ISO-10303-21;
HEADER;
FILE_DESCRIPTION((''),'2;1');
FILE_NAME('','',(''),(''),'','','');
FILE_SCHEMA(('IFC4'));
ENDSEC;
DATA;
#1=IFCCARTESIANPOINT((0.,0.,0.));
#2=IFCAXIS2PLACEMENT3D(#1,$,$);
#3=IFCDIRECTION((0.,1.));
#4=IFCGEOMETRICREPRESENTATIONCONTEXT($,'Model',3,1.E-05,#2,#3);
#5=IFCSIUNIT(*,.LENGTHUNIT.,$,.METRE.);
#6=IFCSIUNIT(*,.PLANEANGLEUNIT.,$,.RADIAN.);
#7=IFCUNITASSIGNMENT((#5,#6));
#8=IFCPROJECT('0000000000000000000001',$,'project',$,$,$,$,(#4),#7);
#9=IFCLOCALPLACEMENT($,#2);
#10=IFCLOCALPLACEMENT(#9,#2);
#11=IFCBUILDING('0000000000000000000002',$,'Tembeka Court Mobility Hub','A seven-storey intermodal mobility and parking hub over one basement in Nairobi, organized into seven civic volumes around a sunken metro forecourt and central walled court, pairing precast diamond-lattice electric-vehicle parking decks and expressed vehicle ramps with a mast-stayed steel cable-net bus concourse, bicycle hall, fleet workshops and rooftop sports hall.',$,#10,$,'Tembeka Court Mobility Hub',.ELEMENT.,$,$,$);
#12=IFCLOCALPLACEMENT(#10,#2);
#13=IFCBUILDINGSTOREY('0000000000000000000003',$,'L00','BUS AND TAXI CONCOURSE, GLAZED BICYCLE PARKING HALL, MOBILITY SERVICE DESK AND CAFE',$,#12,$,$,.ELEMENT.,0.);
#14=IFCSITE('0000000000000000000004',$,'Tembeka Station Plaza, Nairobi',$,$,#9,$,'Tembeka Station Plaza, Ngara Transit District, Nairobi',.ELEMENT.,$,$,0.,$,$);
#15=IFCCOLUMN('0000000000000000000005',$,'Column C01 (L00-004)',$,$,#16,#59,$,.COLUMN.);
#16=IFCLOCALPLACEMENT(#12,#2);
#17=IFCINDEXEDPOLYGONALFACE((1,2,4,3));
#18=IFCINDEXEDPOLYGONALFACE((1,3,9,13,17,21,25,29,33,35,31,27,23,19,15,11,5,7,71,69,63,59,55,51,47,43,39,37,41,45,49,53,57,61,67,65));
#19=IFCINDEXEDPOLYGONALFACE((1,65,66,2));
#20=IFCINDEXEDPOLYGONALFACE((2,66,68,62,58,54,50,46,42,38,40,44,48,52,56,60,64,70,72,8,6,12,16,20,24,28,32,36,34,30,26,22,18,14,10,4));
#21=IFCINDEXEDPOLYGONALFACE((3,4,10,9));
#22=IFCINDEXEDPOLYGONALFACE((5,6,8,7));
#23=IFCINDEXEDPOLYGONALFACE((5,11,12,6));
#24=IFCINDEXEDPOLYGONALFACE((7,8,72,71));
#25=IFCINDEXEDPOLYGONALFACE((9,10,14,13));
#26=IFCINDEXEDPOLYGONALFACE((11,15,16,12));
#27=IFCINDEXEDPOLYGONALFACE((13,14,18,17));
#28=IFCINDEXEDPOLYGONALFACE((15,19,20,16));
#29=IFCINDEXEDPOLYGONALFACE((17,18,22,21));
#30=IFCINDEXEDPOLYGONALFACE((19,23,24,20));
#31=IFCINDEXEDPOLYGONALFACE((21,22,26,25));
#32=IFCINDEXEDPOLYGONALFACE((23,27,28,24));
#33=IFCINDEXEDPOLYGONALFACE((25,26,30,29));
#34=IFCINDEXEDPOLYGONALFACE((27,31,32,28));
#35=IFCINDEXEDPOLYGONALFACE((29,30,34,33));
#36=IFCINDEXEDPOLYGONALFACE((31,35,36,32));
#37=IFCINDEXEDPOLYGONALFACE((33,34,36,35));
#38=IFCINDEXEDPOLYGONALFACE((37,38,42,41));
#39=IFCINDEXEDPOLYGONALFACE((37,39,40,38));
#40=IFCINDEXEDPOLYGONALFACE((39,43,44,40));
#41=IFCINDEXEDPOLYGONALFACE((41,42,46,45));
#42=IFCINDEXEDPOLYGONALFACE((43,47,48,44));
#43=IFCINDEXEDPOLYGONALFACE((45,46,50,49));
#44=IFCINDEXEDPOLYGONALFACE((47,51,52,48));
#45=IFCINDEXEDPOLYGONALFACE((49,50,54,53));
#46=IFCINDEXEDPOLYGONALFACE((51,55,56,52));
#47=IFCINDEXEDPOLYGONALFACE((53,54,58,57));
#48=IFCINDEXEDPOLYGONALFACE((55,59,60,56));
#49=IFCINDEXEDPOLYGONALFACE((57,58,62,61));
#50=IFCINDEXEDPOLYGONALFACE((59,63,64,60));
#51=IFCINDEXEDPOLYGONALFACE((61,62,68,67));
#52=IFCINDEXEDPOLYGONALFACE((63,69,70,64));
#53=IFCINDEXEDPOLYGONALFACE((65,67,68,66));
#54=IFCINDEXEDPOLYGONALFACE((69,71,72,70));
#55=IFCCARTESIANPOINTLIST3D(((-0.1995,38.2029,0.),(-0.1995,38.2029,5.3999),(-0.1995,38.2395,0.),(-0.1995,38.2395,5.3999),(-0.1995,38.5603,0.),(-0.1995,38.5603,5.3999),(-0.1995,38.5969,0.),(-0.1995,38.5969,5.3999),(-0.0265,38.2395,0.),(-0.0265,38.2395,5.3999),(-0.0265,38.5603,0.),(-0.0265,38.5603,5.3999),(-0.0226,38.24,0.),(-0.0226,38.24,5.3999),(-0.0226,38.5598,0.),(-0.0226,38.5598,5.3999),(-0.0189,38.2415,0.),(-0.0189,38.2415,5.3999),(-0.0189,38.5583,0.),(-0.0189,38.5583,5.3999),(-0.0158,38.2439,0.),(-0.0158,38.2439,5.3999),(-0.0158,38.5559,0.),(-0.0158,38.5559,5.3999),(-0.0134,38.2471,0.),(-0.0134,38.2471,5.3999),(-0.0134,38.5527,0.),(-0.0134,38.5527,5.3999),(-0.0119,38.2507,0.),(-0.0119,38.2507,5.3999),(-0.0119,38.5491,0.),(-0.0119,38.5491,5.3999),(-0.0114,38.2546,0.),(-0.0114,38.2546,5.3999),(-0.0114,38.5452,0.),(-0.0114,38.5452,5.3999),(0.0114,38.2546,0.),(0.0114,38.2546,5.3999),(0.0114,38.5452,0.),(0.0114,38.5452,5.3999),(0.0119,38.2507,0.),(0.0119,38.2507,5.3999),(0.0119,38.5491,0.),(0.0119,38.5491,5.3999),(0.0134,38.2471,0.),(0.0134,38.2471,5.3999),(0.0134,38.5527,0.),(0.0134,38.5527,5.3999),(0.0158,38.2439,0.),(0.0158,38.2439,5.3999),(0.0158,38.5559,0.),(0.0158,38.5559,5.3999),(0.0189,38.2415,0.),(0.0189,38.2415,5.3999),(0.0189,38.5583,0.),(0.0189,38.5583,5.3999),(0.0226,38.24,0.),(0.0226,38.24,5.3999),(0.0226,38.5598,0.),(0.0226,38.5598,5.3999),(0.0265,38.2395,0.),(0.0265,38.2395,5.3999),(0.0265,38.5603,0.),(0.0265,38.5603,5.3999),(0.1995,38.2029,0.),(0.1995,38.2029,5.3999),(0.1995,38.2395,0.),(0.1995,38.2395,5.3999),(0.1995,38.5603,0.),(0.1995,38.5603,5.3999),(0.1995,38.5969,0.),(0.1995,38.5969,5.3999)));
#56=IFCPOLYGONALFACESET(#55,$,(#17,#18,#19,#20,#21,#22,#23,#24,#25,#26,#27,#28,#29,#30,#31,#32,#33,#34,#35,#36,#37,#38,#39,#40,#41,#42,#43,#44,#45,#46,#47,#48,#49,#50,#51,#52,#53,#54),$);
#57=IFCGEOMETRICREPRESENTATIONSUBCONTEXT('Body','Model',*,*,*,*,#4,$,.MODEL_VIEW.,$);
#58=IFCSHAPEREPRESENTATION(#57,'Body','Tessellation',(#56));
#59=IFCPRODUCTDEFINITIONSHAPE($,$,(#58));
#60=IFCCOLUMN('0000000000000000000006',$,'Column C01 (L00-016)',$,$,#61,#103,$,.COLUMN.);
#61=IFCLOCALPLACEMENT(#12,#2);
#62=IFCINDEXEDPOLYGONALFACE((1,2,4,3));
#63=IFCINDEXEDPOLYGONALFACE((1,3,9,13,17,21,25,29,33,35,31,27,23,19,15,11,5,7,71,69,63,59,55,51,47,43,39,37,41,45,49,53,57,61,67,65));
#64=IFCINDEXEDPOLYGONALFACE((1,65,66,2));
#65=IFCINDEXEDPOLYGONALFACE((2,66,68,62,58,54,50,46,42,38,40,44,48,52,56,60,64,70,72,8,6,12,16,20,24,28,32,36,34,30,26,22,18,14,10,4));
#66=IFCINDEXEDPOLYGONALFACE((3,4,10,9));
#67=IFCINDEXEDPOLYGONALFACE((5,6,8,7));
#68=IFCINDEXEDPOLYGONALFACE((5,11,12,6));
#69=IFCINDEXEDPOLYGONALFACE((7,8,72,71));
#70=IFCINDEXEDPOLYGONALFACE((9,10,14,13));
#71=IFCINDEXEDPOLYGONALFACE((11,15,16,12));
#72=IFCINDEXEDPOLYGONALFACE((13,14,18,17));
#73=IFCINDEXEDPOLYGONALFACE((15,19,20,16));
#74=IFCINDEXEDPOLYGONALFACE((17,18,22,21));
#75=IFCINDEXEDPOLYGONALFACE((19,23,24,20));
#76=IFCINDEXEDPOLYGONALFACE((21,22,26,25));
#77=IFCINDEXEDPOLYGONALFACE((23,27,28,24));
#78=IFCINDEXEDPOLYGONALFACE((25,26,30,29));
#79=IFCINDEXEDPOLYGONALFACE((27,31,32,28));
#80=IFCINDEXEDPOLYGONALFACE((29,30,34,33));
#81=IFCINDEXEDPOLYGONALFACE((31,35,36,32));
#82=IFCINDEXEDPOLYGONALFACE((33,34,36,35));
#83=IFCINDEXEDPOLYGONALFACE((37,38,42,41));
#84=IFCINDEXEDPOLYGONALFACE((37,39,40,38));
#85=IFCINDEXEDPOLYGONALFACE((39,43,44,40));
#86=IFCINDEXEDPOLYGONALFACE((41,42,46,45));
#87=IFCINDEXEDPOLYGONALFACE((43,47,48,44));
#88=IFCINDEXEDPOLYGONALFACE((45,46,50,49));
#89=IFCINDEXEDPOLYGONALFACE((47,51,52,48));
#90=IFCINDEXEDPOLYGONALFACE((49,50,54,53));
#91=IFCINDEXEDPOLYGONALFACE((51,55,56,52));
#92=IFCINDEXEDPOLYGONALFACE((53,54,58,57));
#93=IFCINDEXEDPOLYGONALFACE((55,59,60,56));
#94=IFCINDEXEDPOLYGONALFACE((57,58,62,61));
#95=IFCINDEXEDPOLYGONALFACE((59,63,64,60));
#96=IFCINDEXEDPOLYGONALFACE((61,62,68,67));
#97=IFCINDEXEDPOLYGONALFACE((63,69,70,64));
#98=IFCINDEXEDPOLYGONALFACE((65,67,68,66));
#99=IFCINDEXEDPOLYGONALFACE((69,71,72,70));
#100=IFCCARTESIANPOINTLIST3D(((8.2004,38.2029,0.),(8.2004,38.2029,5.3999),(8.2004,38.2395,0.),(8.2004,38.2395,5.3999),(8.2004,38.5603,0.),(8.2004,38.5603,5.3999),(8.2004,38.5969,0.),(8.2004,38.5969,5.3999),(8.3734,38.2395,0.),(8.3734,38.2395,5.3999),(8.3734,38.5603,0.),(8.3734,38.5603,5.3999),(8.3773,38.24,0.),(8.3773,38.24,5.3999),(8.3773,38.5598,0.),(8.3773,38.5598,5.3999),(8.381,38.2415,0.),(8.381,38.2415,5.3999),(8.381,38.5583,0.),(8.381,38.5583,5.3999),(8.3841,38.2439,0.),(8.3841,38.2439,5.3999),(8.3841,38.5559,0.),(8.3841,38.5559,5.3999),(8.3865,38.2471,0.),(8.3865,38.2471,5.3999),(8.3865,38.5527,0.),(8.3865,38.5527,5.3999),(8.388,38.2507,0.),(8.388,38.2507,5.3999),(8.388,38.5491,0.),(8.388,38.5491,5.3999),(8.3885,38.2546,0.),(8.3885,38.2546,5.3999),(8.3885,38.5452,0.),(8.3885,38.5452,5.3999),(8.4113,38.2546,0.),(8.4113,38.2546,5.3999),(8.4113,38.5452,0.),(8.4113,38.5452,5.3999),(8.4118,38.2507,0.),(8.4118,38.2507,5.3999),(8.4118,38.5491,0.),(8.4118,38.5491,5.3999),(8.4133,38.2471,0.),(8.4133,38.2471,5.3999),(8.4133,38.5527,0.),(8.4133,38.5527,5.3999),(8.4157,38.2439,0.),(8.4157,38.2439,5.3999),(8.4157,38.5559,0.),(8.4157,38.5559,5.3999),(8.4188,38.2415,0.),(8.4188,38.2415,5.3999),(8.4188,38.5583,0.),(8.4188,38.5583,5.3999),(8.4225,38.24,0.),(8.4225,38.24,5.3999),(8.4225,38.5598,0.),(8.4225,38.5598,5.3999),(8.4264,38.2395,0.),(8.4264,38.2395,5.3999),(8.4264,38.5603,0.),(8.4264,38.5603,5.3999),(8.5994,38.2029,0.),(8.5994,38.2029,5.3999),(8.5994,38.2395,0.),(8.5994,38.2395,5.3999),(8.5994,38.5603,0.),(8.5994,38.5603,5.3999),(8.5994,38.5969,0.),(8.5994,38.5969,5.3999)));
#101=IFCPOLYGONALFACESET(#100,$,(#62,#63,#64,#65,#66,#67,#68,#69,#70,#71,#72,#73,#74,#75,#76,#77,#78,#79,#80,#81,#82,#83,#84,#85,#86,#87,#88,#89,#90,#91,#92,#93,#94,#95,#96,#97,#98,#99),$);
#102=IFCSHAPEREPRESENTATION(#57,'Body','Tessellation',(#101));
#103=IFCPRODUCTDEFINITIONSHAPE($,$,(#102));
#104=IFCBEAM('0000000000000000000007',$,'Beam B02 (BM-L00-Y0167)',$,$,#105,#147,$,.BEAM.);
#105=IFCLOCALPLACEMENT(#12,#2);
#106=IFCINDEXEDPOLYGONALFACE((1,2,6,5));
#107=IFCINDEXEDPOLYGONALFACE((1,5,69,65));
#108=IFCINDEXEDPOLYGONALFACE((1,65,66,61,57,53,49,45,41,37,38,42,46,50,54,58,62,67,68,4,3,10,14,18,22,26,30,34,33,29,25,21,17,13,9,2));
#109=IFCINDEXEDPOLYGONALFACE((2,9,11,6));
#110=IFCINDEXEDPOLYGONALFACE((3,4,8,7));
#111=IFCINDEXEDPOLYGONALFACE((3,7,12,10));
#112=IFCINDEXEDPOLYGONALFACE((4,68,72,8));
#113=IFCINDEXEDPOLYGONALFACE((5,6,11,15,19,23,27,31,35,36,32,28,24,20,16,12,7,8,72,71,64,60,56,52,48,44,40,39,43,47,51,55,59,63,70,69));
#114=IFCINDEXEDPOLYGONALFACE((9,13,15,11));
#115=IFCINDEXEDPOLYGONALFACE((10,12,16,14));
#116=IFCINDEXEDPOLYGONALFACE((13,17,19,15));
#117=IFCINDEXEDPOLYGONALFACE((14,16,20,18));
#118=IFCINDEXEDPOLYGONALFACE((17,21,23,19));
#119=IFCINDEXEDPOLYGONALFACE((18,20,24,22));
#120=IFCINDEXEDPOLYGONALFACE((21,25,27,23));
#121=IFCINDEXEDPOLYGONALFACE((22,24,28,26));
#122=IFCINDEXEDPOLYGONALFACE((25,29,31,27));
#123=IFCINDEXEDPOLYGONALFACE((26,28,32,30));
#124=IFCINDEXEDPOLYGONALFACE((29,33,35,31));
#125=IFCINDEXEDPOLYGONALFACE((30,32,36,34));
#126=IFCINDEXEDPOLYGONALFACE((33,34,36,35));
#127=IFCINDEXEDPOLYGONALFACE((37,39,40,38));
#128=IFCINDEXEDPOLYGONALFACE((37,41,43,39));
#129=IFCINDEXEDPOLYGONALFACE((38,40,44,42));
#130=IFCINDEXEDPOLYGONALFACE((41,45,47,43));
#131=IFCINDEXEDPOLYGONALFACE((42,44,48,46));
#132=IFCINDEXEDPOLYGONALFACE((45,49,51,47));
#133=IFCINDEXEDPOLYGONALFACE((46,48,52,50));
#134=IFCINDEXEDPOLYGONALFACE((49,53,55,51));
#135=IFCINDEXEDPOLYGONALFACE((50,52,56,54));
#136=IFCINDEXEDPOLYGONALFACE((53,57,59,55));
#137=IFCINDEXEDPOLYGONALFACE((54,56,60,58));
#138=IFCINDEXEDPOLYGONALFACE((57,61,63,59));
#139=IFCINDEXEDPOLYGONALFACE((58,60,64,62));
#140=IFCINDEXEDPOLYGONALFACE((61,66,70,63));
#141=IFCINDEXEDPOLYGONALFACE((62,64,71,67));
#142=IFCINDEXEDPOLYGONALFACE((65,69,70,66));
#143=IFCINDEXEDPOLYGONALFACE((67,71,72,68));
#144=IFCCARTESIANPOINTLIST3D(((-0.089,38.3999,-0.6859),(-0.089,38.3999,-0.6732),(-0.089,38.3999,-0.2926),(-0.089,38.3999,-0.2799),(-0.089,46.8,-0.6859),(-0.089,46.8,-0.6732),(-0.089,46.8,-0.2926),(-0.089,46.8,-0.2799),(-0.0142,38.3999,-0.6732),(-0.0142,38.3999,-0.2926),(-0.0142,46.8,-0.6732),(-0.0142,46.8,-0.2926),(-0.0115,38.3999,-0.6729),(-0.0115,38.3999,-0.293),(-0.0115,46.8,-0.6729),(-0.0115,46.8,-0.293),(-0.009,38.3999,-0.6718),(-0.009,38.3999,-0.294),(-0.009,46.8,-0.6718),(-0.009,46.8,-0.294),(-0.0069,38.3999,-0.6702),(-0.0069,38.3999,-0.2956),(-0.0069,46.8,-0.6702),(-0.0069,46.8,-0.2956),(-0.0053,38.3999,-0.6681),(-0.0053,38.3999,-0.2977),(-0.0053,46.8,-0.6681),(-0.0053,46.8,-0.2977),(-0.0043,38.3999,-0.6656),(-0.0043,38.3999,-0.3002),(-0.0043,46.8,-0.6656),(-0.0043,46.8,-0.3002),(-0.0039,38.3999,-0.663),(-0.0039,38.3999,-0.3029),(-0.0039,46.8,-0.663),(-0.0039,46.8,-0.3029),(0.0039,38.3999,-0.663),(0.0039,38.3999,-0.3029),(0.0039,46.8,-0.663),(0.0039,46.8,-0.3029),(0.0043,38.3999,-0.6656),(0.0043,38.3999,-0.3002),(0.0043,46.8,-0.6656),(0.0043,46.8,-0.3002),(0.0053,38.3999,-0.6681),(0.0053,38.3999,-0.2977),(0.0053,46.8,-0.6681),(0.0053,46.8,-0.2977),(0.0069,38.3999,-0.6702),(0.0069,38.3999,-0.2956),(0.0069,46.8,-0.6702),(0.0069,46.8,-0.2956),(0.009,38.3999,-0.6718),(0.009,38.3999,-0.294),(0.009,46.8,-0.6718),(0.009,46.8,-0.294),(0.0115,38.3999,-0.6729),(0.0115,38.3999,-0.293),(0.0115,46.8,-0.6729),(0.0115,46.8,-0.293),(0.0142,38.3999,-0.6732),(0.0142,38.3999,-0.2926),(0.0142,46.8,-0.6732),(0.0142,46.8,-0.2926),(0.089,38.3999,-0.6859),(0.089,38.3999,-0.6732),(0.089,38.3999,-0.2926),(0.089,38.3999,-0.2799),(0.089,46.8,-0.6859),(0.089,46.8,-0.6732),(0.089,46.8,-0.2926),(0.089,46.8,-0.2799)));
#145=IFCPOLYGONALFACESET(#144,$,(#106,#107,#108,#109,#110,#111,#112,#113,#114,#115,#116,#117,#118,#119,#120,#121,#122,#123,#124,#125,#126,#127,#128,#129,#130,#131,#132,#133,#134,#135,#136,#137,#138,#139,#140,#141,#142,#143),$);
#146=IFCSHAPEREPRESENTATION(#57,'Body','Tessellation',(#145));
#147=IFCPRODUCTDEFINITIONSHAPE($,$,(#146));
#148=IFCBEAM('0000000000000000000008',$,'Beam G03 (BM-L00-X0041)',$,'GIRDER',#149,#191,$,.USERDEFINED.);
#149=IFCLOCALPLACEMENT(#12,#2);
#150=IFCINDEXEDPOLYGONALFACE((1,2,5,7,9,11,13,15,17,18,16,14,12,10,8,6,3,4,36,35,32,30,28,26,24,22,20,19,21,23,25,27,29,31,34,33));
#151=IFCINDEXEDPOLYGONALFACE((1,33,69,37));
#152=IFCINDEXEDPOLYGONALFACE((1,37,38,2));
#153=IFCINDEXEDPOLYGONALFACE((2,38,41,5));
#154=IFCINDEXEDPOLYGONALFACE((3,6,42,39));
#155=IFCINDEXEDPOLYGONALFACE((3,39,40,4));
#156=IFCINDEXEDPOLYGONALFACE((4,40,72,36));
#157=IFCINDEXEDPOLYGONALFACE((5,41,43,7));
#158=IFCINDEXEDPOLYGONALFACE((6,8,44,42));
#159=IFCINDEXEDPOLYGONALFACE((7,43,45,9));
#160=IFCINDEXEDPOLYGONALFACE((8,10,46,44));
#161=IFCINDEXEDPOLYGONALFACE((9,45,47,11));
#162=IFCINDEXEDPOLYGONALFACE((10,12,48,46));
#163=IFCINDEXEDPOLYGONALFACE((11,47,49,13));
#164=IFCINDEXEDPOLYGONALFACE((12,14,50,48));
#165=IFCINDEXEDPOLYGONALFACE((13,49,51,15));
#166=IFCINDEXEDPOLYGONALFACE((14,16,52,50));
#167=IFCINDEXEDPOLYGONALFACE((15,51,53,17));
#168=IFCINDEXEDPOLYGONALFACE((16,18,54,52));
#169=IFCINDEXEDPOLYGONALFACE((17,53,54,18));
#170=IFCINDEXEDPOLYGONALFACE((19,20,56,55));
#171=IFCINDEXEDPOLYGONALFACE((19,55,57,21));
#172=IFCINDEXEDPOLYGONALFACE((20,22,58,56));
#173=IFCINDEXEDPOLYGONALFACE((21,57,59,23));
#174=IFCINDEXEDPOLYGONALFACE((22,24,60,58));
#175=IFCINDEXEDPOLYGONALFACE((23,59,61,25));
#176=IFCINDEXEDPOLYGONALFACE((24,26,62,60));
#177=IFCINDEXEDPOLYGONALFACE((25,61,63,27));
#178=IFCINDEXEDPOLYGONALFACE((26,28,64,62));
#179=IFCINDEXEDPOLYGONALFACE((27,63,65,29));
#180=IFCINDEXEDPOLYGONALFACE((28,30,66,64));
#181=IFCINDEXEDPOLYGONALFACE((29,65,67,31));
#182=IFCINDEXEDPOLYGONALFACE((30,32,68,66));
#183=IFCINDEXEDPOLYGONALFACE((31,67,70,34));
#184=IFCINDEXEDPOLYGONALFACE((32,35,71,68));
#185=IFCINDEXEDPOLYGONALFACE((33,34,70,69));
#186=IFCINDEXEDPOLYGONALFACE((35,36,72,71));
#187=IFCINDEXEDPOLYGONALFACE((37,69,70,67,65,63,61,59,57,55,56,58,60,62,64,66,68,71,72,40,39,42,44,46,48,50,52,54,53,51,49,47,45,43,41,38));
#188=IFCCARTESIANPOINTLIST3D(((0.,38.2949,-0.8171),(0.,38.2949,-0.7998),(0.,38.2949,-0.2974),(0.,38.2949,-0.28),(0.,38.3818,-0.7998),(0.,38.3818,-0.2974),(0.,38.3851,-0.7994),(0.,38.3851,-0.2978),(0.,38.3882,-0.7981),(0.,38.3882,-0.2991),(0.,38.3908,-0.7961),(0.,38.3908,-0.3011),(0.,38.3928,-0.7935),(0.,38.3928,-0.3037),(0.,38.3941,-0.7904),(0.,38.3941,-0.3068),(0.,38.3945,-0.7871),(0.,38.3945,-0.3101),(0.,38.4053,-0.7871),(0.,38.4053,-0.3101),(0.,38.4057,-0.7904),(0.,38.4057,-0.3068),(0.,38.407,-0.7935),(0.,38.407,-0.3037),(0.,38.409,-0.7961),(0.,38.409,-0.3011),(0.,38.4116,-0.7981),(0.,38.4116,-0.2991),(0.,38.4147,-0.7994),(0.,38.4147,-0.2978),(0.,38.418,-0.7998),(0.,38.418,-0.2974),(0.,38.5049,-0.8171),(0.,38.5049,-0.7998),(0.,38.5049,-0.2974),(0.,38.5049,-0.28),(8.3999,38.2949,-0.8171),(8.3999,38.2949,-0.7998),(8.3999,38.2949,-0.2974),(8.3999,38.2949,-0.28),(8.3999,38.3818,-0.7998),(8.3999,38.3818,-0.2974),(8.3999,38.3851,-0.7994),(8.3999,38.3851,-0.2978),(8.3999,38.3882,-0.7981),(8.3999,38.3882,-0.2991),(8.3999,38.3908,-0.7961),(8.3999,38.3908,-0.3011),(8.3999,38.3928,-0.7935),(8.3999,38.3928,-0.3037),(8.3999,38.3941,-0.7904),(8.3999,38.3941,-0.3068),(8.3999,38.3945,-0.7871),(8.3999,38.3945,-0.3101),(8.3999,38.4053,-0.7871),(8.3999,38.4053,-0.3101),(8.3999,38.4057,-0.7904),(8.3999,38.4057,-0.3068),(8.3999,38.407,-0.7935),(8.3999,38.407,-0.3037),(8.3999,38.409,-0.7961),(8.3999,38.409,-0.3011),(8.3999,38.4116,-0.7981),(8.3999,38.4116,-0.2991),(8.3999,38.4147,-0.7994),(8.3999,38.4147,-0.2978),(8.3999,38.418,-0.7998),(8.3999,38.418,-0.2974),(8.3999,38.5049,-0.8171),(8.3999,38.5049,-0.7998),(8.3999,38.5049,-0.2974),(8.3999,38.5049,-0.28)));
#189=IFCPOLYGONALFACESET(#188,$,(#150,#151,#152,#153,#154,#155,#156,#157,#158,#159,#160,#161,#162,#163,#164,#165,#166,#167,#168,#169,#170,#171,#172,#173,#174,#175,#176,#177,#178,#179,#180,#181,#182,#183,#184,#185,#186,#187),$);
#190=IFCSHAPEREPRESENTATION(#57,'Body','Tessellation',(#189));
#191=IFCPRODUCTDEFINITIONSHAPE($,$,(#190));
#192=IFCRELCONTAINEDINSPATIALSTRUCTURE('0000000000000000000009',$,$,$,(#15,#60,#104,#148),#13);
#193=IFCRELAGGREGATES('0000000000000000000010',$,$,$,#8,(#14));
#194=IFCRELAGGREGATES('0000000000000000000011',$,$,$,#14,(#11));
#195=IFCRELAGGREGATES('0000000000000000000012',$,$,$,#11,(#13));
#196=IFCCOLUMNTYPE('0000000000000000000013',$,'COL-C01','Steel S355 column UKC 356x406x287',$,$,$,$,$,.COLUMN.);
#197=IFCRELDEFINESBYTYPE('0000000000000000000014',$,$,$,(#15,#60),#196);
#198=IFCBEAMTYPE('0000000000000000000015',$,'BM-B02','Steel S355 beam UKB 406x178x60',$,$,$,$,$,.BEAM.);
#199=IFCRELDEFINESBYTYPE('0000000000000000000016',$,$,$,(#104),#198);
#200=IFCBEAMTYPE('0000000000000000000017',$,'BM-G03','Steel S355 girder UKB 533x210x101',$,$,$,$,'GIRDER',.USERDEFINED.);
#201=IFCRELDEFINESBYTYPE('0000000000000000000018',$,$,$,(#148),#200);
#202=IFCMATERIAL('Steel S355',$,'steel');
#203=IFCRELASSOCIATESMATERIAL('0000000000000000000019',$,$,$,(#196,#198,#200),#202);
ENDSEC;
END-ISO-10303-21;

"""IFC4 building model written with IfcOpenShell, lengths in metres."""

from ifc_helpers import new_model, si_unit, direction, frame, origin, origin_2d, place, context, subcontext, project, spatial, i_section, extrude, material, material_profile, profile_set, type_object, element, save


model = new_model("IFC4")

# Units and contexts
model_context = context("Model", 3, precision=1e-05, world=origin(), true_north=direction((0.0, 1.0)))
body_context = subcontext(model_context, "Body", "Model", "MODEL_VIEW")
ifc_project = project(units=[si_unit("LENGTHUNIT", "METRE"), si_unit("PLANEANGLEUNIT", "RADIAN")], contexts=[model_context])

# Site, building, storey
site_placement = place(None, origin())
site = spatial("IfcSite", under=ifc_project, at=site_placement, Name="Tembeka Station Plaza, Nairobi", LongName="Tembeka Station Plaza, Ngara Transit District, Nairobi", CompositionType="ELEMENT", RefElevation=0.0)
building_placement = place(site_placement, origin())
building = spatial("IfcBuilding", under=site, at=building_placement, Name="Tembeka Court Mobility Hub", Description="A seven-storey intermodal mobility and parking hub over one basement in Nairobi, organized into seven civic volumes around a sunken metro forecourt and central walled court, pairing precast diamond-lattice electric-vehicle parking decks and expressed vehicle ramps with a mast-stayed steel cable-net bus concourse, bicycle hall, fleet workshops and rooftop sports hall.", LongName="Tembeka Court Mobility Hub", CompositionType="ELEMENT")
storey_placement = place(building_placement, origin())
storey = spatial("IfcBuildingStorey", under=building, at=storey_placement, Name="L00", Description="BUS AND TAXI CONCOURSE, GLAZED BICYCLE PARKING HALL, MOBILITY SERVICE DESK AND CAFE", CompositionType="ELEMENT", Elevation=0.0)

# Columns
ifc_material_1 = material(Name="Steel S355", Category="steel")
ifc_material_profile_1 = material_profile(ifc_material_1, i_section(OverallWidth=0.3989, OverallDepth=0.394, WebThickness=0.0227, FlangeThickness=0.0366, FilletRadius=0.0151, at=origin_2d()), Name="UKC 356x406x287")
ifc_profile_set_1 = profile_set([ifc_material_profile_1], Name="Steel S355")
column_type = type_object("IfcColumnType", Name="COL-C01", Description="Steel S355 column UKC 356x406x287", PredefinedType="COLUMN", material=ifc_profile_set_1)
for number, where, z_axis, x_axis, name in (
    (1, (0.0, 38.3999, 0.0), (0.0, 0.0, 1.0), (1.0, 0.0, 0.0), "Column C01 (L00-004)"),
    (2, (8.3999, 38.3999, 0.0), (0.0, 0.0, 1.0), (1.0, 0.0, 0.0), "Column C01 (L00-016)"),
):
    element("IfcColumn", number, at=place(storey_placement, frame(where, z_axis=z_axis, x_axis=x_axis)), inside=storey, type_object=column_type, Name=name, PredefinedType="COLUMN", context=body_context, shape_type="SweptSolid", body=[
        extrude(i_section(OverallWidth=0.3989, OverallDepth=0.394, WebThickness=0.0227, FlangeThickness=0.0366, FilletRadius=0.0151, at=origin_2d()), origin(), (0.0, 0.0, 1.0), 5.3999),
    ])

# Beams
ifc_material_profile_2 = material_profile(ifc_material_1, i_section(OverallWidth=0.178, OverallDepth=0.406, WebThickness=0.0078, FlangeThickness=0.0127, FilletRadius=0.0103, at=origin_2d()), Name="UKB 406x178x60")
ifc_profile_set_2 = profile_set([ifc_material_profile_2], Name="Steel S355")
beam_type_1 = type_object("IfcBeamType", Name="BM-B02", Description="Steel S355 beam UKB 406x178x60", PredefinedType="BEAM", material=ifc_profile_set_2)
beam_1_placement = place(storey_placement, frame((0.0, 38.3999, -0.4829), z_axis=(0.0, 1.0, 0.0), x_axis=(-1.0, 0.0, 0.0)))
element("IfcBeam", 3, at=beam_1_placement, inside=storey, type_object=beam_type_1, Name="Beam B02 (BM-L00-Y0167)", PredefinedType="BEAM", context=body_context, shape_type="SweptSolid", body=[
    extrude(i_section(OverallWidth=0.178, OverallDepth=0.406, WebThickness=0.0078, FlangeThickness=0.0127, FilletRadius=0.0103, at=origin_2d()), origin(), (0.0, 0.0, 1.0), 8.4001),
])
ifc_material_profile_3 = material_profile(ifc_material_1, i_section(OverallWidth=0.21, OverallDepth=0.5371, WebThickness=0.0107, FlangeThickness=0.0173, FilletRadius=0.0127, at=origin_2d()), Name="UKB 533x210x101")
ifc_profile_set_3 = profile_set([ifc_material_profile_3], Name="Steel S355")
beam_type_2 = type_object("IfcBeamType", Name="BM-G03", Description="Steel S355 girder UKB 533x210x101", ElementType="GIRDER", PredefinedType="USERDEFINED", material=ifc_profile_set_3)
beam_2_placement = place(storey_placement, frame((0.0, 38.3999, -0.5486), z_axis=(1.0, 0.0, 0.0), x_axis=(0.0, 1.0, 0.0)))
element("IfcBeam", 4, at=beam_2_placement, inside=storey, type_object=beam_type_2, Name="Beam G03 (BM-L00-X0041)", ObjectType="GIRDER", PredefinedType="USERDEFINED", context=body_context, shape_type="SweptSolid", body=[
    extrude(i_section(OverallWidth=0.21, OverallDepth=0.5371, WebThickness=0.0107, FlangeThickness=0.0173, FilletRadius=0.0127, at=origin_2d()), origin(), (0.0, 0.0, 1.0), 8.3999),
])

save(model, "model.ifc")
